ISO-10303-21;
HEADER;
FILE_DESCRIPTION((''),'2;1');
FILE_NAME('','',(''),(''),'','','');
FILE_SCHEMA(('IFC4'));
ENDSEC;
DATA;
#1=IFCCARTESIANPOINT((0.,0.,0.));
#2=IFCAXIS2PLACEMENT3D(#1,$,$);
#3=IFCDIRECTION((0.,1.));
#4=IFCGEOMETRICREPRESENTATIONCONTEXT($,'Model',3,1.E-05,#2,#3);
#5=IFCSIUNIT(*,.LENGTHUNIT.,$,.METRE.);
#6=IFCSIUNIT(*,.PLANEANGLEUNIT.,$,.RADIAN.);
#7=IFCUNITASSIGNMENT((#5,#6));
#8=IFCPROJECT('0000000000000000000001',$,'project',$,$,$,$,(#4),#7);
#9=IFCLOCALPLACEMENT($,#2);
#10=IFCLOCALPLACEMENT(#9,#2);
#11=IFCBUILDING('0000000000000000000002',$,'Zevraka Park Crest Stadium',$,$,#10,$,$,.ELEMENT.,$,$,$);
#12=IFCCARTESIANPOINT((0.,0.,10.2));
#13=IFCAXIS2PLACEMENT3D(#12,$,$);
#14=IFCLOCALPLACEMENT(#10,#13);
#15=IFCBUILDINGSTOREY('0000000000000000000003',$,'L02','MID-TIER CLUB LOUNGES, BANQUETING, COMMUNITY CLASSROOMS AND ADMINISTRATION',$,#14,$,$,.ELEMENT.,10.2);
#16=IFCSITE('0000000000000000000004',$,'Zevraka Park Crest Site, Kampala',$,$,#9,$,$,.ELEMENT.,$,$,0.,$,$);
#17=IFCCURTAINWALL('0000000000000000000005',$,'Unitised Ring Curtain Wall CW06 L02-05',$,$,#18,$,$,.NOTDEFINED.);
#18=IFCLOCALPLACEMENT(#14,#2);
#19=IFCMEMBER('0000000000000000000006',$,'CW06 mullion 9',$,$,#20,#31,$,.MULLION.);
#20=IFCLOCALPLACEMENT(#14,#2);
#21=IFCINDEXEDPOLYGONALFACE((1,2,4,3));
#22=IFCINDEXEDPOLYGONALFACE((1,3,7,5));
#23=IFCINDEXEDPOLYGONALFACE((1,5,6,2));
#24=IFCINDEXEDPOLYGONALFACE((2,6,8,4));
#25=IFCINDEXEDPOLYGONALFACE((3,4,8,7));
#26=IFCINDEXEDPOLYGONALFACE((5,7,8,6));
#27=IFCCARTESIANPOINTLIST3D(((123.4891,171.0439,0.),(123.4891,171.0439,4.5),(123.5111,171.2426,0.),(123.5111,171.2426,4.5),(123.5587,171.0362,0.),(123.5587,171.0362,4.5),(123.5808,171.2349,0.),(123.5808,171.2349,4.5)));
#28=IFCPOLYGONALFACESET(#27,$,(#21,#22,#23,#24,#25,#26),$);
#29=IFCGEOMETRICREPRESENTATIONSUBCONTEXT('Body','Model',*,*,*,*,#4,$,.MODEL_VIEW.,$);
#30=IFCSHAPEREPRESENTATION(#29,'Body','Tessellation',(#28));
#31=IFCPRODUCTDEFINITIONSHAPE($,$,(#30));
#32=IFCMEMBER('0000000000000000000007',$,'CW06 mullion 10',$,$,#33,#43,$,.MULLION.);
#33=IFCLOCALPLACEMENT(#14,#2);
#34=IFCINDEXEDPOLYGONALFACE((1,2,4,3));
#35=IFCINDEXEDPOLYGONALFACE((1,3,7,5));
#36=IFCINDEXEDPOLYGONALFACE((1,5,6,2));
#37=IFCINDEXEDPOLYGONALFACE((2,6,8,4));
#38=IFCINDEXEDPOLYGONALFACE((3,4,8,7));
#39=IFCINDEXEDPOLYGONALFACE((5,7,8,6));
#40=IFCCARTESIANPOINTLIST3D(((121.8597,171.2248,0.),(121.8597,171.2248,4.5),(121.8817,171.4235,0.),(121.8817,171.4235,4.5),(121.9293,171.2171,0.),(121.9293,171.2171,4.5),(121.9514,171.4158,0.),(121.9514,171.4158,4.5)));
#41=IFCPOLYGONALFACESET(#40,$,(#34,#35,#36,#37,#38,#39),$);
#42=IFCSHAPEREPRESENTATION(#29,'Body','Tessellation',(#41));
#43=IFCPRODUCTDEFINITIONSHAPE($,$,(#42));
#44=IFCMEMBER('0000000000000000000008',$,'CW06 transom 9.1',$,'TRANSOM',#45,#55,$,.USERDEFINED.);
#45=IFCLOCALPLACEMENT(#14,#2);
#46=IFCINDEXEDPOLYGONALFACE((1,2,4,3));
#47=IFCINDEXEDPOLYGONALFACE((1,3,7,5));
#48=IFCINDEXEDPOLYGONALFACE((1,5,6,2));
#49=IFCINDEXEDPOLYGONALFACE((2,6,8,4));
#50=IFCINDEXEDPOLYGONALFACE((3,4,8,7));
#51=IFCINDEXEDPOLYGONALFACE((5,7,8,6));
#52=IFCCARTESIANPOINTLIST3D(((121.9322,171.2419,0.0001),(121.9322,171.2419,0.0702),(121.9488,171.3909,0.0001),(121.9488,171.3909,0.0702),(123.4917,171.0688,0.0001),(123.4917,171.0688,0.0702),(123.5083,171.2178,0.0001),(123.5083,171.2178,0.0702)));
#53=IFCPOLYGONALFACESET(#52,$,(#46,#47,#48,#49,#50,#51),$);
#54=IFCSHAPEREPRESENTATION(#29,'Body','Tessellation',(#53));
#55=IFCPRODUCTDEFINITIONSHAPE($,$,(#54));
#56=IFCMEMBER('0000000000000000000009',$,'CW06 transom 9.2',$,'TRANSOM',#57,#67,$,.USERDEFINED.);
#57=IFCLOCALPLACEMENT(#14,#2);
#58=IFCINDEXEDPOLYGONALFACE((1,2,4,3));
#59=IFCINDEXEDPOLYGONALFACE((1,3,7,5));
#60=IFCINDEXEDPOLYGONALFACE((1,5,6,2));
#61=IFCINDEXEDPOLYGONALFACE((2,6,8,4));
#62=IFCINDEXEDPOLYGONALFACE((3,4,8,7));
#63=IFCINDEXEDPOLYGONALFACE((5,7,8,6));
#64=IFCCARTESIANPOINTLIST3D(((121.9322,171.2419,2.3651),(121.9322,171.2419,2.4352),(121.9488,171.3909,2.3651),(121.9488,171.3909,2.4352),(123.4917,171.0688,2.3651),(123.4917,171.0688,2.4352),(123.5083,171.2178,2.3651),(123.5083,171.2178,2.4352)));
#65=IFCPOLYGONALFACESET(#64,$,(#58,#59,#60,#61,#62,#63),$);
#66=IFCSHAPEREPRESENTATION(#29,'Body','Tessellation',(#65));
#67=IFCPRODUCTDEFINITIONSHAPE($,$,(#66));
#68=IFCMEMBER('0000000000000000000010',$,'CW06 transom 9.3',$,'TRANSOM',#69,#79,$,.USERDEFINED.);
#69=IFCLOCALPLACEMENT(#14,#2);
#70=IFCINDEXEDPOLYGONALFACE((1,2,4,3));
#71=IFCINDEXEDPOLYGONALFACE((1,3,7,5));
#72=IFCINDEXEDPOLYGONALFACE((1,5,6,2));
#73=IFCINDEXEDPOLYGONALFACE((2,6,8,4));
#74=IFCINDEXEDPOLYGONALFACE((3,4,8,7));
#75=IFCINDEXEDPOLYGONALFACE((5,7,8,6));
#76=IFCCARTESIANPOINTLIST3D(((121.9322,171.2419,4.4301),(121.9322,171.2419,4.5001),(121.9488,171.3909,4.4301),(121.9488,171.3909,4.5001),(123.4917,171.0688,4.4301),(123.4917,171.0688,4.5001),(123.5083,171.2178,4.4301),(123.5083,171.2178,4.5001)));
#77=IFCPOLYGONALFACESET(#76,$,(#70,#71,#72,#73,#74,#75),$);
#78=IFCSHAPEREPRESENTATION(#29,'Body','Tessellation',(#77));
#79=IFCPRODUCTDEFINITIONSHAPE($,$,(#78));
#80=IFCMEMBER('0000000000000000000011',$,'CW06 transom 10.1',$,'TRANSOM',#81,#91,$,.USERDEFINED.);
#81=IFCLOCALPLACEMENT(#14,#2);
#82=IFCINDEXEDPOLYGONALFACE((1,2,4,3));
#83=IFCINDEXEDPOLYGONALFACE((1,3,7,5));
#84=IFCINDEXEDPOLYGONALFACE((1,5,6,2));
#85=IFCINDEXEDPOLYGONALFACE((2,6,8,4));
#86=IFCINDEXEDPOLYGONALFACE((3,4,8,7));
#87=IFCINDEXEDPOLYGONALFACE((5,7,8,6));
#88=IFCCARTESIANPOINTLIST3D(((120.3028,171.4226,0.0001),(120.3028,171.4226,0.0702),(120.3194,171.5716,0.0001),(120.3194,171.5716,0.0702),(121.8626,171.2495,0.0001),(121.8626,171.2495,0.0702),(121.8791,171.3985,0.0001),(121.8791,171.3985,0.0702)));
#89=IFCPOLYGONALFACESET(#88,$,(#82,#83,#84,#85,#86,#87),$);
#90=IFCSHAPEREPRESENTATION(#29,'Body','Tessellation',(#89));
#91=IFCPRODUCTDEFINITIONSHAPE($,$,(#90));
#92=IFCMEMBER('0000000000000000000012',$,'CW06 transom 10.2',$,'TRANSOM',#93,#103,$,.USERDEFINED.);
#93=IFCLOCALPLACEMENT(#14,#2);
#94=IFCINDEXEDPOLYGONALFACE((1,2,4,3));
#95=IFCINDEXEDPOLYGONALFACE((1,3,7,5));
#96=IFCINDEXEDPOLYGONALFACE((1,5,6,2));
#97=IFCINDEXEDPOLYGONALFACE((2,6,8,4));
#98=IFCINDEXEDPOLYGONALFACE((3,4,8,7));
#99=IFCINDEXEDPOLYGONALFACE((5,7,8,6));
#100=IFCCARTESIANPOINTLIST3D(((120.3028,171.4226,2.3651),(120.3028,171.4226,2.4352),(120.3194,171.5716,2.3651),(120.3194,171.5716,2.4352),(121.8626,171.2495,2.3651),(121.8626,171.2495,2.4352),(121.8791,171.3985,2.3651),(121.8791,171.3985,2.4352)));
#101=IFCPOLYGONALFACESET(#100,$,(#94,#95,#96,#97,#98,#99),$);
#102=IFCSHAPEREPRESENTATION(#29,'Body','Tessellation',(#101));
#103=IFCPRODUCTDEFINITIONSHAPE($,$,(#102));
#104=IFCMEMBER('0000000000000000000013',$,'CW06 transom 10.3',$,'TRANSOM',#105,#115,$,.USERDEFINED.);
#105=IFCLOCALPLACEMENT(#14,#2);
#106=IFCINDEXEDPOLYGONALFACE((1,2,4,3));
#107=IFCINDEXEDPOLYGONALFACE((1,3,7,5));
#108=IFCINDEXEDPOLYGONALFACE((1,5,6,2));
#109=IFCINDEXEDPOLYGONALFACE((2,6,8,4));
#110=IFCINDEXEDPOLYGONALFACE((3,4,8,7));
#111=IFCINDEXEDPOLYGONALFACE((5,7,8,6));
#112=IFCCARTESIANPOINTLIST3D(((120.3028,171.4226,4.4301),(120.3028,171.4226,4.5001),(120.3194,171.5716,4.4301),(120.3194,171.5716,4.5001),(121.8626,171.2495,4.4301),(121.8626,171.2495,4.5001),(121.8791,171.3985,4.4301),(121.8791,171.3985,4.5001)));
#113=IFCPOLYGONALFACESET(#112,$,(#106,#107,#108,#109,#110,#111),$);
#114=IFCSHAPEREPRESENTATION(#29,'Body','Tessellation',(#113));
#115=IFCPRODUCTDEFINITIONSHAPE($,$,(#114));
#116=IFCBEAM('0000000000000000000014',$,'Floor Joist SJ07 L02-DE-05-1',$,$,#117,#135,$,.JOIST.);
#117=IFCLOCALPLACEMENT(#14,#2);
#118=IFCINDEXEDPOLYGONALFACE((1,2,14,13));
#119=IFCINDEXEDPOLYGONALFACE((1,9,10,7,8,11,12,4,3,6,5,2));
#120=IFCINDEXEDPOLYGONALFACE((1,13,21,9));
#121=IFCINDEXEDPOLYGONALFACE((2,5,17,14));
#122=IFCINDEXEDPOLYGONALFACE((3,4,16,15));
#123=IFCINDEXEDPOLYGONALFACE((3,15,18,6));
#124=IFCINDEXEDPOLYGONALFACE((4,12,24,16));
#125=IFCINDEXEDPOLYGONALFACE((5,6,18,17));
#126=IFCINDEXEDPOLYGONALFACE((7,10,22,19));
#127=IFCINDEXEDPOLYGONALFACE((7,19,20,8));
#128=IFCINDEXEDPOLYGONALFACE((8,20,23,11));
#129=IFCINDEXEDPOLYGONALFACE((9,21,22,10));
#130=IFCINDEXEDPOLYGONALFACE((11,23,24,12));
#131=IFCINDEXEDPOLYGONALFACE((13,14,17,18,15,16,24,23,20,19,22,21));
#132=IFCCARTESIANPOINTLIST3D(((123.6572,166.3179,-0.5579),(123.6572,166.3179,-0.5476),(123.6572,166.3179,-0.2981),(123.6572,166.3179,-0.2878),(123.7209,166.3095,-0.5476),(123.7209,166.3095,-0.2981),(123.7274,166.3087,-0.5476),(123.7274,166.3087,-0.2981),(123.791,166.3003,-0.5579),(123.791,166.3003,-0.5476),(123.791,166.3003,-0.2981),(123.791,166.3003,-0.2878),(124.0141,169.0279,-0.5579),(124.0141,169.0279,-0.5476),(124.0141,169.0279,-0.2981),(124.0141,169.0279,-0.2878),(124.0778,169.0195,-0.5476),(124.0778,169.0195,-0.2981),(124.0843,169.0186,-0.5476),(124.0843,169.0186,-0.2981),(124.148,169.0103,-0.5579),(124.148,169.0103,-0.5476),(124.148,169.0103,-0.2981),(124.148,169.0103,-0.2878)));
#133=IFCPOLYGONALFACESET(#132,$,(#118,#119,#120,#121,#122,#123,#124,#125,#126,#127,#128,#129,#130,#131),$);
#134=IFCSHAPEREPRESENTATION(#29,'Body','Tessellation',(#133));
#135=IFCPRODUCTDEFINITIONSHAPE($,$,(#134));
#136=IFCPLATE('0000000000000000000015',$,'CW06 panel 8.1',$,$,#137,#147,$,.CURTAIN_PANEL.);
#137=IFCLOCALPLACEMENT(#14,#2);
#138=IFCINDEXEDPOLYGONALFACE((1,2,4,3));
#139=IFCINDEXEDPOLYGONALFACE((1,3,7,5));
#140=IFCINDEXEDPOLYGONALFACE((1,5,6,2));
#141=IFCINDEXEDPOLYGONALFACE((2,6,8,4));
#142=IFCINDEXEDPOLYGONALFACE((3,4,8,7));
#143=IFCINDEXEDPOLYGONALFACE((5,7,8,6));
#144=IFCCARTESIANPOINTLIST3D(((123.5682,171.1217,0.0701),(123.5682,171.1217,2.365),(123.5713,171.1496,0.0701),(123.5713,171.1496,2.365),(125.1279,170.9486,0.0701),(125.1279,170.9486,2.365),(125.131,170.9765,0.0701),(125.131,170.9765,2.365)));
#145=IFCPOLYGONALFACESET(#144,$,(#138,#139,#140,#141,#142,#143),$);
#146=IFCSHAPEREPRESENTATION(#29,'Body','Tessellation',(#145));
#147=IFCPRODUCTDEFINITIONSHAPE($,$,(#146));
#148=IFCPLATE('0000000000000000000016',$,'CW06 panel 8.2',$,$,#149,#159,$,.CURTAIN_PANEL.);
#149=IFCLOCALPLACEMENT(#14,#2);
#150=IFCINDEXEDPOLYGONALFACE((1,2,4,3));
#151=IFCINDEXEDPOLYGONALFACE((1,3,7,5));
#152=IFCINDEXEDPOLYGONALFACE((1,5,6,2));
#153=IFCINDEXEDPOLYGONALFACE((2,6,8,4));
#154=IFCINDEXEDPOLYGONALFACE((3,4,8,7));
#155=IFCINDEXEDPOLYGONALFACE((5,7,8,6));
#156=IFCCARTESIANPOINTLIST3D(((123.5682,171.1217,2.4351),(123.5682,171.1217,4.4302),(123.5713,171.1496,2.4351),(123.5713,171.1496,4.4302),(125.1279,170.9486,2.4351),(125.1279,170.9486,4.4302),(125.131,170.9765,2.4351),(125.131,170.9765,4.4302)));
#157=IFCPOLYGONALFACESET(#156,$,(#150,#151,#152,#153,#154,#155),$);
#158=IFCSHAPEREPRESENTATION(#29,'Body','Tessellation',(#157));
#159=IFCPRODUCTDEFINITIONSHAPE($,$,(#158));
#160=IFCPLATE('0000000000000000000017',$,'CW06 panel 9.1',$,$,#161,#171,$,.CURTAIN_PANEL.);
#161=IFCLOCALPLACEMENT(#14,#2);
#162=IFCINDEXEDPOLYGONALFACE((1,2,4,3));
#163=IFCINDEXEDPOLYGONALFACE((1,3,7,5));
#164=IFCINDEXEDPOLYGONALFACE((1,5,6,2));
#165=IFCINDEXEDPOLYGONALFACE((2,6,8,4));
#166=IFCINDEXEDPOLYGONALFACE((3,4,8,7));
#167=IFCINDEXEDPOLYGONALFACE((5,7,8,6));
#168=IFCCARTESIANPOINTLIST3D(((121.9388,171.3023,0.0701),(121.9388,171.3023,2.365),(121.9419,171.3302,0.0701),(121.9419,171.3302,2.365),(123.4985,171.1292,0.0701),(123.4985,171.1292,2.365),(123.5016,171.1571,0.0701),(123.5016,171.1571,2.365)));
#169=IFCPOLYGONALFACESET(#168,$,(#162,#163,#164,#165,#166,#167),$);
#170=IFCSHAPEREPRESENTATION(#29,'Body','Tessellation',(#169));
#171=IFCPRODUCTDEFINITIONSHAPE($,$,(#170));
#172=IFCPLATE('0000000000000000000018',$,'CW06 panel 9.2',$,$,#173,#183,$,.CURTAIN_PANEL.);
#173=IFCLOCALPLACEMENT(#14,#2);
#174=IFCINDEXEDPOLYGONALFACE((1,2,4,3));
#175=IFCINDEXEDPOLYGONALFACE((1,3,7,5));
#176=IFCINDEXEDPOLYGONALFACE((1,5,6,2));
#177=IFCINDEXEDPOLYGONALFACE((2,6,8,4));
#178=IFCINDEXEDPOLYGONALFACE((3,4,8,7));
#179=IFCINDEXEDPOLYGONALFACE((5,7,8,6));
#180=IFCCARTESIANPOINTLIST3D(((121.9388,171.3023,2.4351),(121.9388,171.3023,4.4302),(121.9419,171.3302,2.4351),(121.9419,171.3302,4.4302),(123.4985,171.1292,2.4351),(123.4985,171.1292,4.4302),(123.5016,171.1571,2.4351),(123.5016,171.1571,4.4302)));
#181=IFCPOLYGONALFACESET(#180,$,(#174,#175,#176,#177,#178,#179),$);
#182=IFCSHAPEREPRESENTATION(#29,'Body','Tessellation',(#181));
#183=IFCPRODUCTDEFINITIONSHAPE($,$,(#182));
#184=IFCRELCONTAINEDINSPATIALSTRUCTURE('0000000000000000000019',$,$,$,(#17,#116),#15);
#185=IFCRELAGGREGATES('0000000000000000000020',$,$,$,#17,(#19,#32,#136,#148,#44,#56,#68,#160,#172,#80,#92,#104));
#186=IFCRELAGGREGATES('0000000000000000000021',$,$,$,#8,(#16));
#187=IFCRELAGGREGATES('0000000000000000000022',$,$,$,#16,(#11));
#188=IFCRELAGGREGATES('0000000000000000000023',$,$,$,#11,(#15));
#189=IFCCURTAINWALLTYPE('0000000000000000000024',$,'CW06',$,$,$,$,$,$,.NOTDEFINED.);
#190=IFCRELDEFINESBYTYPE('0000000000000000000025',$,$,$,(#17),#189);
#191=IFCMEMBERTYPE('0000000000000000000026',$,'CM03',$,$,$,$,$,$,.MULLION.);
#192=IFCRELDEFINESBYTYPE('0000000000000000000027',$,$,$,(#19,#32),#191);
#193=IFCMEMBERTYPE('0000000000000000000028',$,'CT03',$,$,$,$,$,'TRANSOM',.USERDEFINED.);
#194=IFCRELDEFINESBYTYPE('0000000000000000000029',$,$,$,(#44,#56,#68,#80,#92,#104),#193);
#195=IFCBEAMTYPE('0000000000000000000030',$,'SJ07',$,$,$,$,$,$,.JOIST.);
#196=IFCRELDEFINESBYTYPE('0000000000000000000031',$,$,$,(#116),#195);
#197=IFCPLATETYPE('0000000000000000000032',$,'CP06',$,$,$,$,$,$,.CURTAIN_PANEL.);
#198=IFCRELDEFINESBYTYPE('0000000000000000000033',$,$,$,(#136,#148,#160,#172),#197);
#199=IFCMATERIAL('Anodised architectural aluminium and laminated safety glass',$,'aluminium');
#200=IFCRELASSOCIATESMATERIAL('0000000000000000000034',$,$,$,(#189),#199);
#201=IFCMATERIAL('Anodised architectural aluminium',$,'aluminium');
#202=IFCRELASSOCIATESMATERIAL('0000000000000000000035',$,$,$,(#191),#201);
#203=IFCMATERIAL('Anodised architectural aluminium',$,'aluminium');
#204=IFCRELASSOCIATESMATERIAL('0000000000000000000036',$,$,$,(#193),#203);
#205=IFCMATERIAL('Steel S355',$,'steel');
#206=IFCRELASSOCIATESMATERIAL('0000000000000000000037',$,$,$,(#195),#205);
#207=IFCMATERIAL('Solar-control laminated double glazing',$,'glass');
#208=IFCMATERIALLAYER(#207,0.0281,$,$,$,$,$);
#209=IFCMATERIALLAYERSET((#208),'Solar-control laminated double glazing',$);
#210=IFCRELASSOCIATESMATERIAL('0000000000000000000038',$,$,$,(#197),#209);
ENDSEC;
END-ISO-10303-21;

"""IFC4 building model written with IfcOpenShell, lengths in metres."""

from ifc_helpers import new_model, si_unit, direction, frame, origin, origin_2d, place, context, subcontext, project, spatial, rectangle, i_section, extrude, material, layer, layer_set, material_profile, profile_set, type_object, element, aggregate, save


model = new_model("IFC4")

# Units and contexts
model_context = context("Model", 3, precision=1e-05, world=origin(), true_north=direction((0.0, 1.0)))
body_context = subcontext(model_context, "Body", "Model", "MODEL_VIEW")
ifc_project = project(units=[si_unit("LENGTHUNIT", "METRE"), si_unit("PLANEANGLEUNIT", "RADIAN")], contexts=[model_context])

# Site, building, storey
site_placement = place(None, origin())
site = spatial("IfcSite", under=ifc_project, at=site_placement, Name="Zevraka Park Crest Site, Kampala", CompositionType="ELEMENT", RefElevation=0.0)
building_placement = place(site_placement, origin())
building = spatial("IfcBuilding", under=site, at=building_placement, Name="Zevraka Park Crest Stadium", CompositionType="ELEMENT")
storey_placement = place(building_placement, frame((0.0, 0.0, 10.2)))
storey = spatial("IfcBuildingStorey", under=building, at=storey_placement, Name="L02", Description="MID-TIER CLUB LOUNGES, BANQUETING, COMMUNITY CLASSROOMS AND ADMINISTRATION", CompositionType="ELEMENT", Elevation=10.2)

# Curtain wall, members
ifc_material_1 = material(Name="Anodised architectural aluminium and laminated safety glass", Category="aluminium")
curtain_wall_type = type_object("IfcCurtainWallType", Name="CW06", PredefinedType="NOTDEFINED", material=ifc_material_1)
curtain_wall_placement = place(storey_placement, origin())
curtain_wall = element("IfcCurtainWall", 1, at=curtain_wall_placement, inside=storey, type_object=curtain_wall_type, Name="Unitised Ring Curtain Wall CW06 L02-05", PredefinedType="NOTDEFINED")
ifc_material_2 = material(Name="Anodised architectural aluminium", Category="aluminium")
ifc_material_profile_1 = material_profile(ifc_material_2, rectangle(XDim=0.2, YDim=0.0701, at=origin_2d()), Name="ALU MULLION 200x70")
ifc_profile_set_1 = profile_set([ifc_material_profile_1], Name="Anodised architectural aluminium")
member_type_1 = type_object("IfcMemberType", Name="CM03", PredefinedType="MULLION", material=ifc_profile_set_1)
member_1_placement = place(storey_placement, frame((123.5349, 171.1394, 0.0), z_axis=(0.0, 0.0, 1.0), x_axis=(-0.110293, -0.993899, 0.0)))
member_1 = element("IfcMember", 2, at=member_1_placement, type_object=member_type_1, Name="CW06 mullion 9", PredefinedType="MULLION", context=body_context, shape_type="SweptSolid", body=[
    extrude(rectangle(XDim=0.2, YDim=0.0701, at=origin_2d()), origin(), (0.0, 0.0, 1.0), 4.5),
])
member_2_placement = place(storey_placement, frame((121.9055, 171.3203, 0.0), z_axis=(0.0, 0.0, 1.0), x_axis=(-0.110293, -0.993899, 0.0)))
member_2 = element("IfcMember", 3, at=member_2_placement, type_object=member_type_1, Name="CW06 mullion 10", PredefinedType="MULLION", context=body_context, shape_type="SweptSolid", body=[
    extrude(rectangle(XDim=0.2, YDim=0.0701, at=origin_2d()), origin(), (0.0, 0.0, 1.0), 4.5),
])
ifc_material_3 = material(Name="Anodised architectural aluminium", Category="aluminium")
ifc_material_profile_2 = material_profile(ifc_material_3, rectangle(XDim=0.1499, YDim=0.0701, at=origin_2d()), Name="ALU TRANSOM 150x70")
ifc_profile_set_2 = profile_set([ifc_material_profile_2], Name="Anodised architectural aluminium")
member_type_2 = type_object("IfcMemberType", Name="CT03", ElementType="TRANSOM", PredefinedType="USERDEFINED", material=ifc_profile_set_2)
member_3_placement = place(storey_placement, frame((123.5, 171.1433, 0.0352), z_axis=(-0.993897, 0.110312, 0.0), x_axis=(-0.110312, -0.993897, 0.0)))
member_3 = element("IfcMember", 4, at=member_3_placement, type_object=member_type_2, Name="CW06 transom 9.1", ObjectType="TRANSOM", PredefinedType="USERDEFINED", context=body_context, shape_type="SweptSolid", body=[
    extrude(rectangle(XDim=0.1499, YDim=0.0701, at=origin_2d()), origin(), (0.0, 0.0, 1.0), 1.5691),
])
member_4_placement = place(storey_placement, frame((123.5, 171.1433, 2.4001), z_axis=(-0.993897, 0.110312, 0.0), x_axis=(-0.110312, -0.993897, 0.0)))
member_4 = element("IfcMember", 5, at=member_4_placement, type_object=member_type_2, Name="CW06 transom 9.2", ObjectType="TRANSOM", PredefinedType="USERDEFINED", context=body_context, shape_type="SweptSolid", body=[
    extrude(rectangle(XDim=0.1499, YDim=0.0701, at=origin_2d()), origin(), (0.0, 0.0, 1.0), 1.5691),
])
member_5_placement = place(storey_placement, frame((123.5, 171.1433, 4.4651), z_axis=(-0.993897, 0.110312, 0.0), x_axis=(-0.110312, -0.993897, 0.0)))
member_5 = element("IfcMember", 6, at=member_5_placement, type_object=member_type_2, Name="CW06 transom 9.3", ObjectType="TRANSOM", PredefinedType="USERDEFINED", context=body_context, shape_type="SweptSolid", body=[
    extrude(rectangle(XDim=0.1499, YDim=0.0701, at=origin_2d()), origin(), (0.0, 0.0, 1.0), 1.5691),
])
member_6_placement = place(storey_placement, frame((121.8708, 171.324, 0.0352), z_axis=(-0.993899, 0.110295, 0.0), x_axis=(-0.110295, -0.993899, 0.0)))
member_6 = element("IfcMember", 7, at=member_6_placement, type_object=member_type_2, Name="CW06 transom 10.1", ObjectType="TRANSOM", PredefinedType="USERDEFINED", context=body_context, shape_type="SweptSolid", body=[
    extrude(rectangle(XDim=0.1499, YDim=0.0701, at=origin_2d()), origin(), (0.0, 0.0, 1.0), 1.5693),
])
member_7_placement = place(storey_placement, frame((121.8708, 171.324, 2.4001), z_axis=(-0.993899, 0.110295, 0.0), x_axis=(-0.110295, -0.993899, 0.0)))
member_7 = element("IfcMember", 8, at=member_7_placement, type_object=member_type_2, Name="CW06 transom 10.2", ObjectType="TRANSOM", PredefinedType="USERDEFINED", context=body_context, shape_type="SweptSolid", body=[
    extrude(rectangle(XDim=0.1499, YDim=0.0701, at=origin_2d()), origin(), (0.0, 0.0, 1.0), 1.5693),
])
member_8_placement = place(storey_placement, frame((121.8708, 171.324, 4.4651), z_axis=(-0.993899, 0.110295, 0.0), x_axis=(-0.110295, -0.993899, 0.0)))
member_8 = element("IfcMember", 9, at=member_8_placement, type_object=member_type_2, Name="CW06 transom 10.3", ObjectType="TRANSOM", PredefinedType="USERDEFINED", context=body_context, shape_type="SweptSolid", body=[
    extrude(rectangle(XDim=0.1499, YDim=0.0701, at=origin_2d()), origin(), (0.0, 0.0, 1.0), 1.5693),
])

# Beam
ifc_material_4 = material(Name="Steel S355", Category="steel")
ifc_material_profile_3 = material_profile(ifc_material_4, i_section(OverallWidth=0.135, OverallDepth=0.27, WebThickness=0.0066, FlangeThickness=0.0103, at=origin_2d()), Name="IPE 270")
ifc_profile_set_3 = profile_set([ifc_material_profile_3], Name="Steel S355")
beam_type = type_object("IfcBeamType", Name="SJ07", PredefinedType="JOIST", material=ifc_profile_set_3)
beam_placement = place(storey_placement, frame((123.7241, 166.3091, -0.4229), z_axis=(0.130584, 0.991437, 0.0), x_axis=(-0.991437, 0.130584, 0.0)))
element("IfcBeam", 10, at=beam_placement, inside=storey, type_object=beam_type, Name="Floor Joist SJ07 L02-DE-05-1", PredefinedType="JOIST", context=body_context, shape_type="SweptSolid", body=[
    extrude(i_section(OverallWidth=0.135, OverallDepth=0.27, WebThickness=0.0066, FlangeThickness=0.0103, at=origin_2d()), origin(), (0.0, 0.0, 1.0), 2.7334),
])

# Plates
ifc_material_5 = material(Name="Solar-control laminated double glazing", Category="glass")
ifc_layer_1 = layer(ifc_material_5, 0.0281)
ifc_layer_set_1 = layer_set([ifc_layer_1], Name="Solar-control laminated double glazing")
plate_type = type_object("IfcPlateType", Name="CP06", PredefinedType="CURTAIN_PANEL", material=ifc_layer_set_1)
plate_1_placement = place(storey_placement, frame((124.3496, 171.0491, 0.0701), z_axis=(0.0, 0.0, 1.0), x_axis=(-0.993899, 0.110293, 0.0)))
plate_1 = element("IfcPlate", 11, at=plate_1_placement, type_object=plate_type, Name="CW06 panel 8.1", PredefinedType="CURTAIN_PANEL", context=body_context, shape_type="SweptSolid", body=[
    extrude(rectangle(XDim=1.5693, YDim=0.0281, at=origin_2d()), origin(), (0.0, 0.0, 1.0), 2.2949),
])
plate_2_placement = place(storey_placement, frame((124.3496, 171.0491, 2.4351), z_axis=(0.0, 0.0, 1.0), x_axis=(-0.993899, 0.110293, 0.0)))
plate_2 = element("IfcPlate", 12, at=plate_2_placement, type_object=plate_type, Name="CW06 panel 8.2", PredefinedType="CURTAIN_PANEL", context=body_context, shape_type="SweptSolid", body=[
    extrude(rectangle(XDim=1.5693, YDim=0.0281, at=origin_2d()), origin(), (0.0, 0.0, 1.0), 1.9951),
])
plate_3_placement = place(storey_placement, frame((122.7202, 171.2297, 0.0701), z_axis=(0.0, 0.0, 1.0), x_axis=(-0.993899, 0.110293, 0.0)))
plate_3 = element("IfcPlate", 13, at=plate_3_placement, type_object=plate_type, Name="CW06 panel 9.1", PredefinedType="CURTAIN_PANEL", context=body_context, shape_type="SweptSolid", body=[
    extrude(rectangle(XDim=1.5693, YDim=0.0281, at=origin_2d()), origin(), (0.0, 0.0, 1.0), 2.2949),
])
plate_4_placement = place(storey_placement, frame((122.7202, 171.2297, 2.4351), z_axis=(0.0, 0.0, 1.0), x_axis=(-0.993899, 0.110293, 0.0)))
plate_4 = element("IfcPlate", 14, at=plate_4_placement, type_object=plate_type, Name="CW06 panel 9.2", PredefinedType="CURTAIN_PANEL", context=body_context, shape_type="SweptSolid", body=[
    extrude(rectangle(XDim=1.5693, YDim=0.0281, at=origin_2d()), origin(), (0.0, 0.0, 1.0), 1.9951),
])
aggregate(curtain_wall, [member_1, member_2, plate_1, plate_2, member_3, member_4, member_5, plate_3, plate_4, member_6, member_7, member_8])

save(model, "model.ifc")
